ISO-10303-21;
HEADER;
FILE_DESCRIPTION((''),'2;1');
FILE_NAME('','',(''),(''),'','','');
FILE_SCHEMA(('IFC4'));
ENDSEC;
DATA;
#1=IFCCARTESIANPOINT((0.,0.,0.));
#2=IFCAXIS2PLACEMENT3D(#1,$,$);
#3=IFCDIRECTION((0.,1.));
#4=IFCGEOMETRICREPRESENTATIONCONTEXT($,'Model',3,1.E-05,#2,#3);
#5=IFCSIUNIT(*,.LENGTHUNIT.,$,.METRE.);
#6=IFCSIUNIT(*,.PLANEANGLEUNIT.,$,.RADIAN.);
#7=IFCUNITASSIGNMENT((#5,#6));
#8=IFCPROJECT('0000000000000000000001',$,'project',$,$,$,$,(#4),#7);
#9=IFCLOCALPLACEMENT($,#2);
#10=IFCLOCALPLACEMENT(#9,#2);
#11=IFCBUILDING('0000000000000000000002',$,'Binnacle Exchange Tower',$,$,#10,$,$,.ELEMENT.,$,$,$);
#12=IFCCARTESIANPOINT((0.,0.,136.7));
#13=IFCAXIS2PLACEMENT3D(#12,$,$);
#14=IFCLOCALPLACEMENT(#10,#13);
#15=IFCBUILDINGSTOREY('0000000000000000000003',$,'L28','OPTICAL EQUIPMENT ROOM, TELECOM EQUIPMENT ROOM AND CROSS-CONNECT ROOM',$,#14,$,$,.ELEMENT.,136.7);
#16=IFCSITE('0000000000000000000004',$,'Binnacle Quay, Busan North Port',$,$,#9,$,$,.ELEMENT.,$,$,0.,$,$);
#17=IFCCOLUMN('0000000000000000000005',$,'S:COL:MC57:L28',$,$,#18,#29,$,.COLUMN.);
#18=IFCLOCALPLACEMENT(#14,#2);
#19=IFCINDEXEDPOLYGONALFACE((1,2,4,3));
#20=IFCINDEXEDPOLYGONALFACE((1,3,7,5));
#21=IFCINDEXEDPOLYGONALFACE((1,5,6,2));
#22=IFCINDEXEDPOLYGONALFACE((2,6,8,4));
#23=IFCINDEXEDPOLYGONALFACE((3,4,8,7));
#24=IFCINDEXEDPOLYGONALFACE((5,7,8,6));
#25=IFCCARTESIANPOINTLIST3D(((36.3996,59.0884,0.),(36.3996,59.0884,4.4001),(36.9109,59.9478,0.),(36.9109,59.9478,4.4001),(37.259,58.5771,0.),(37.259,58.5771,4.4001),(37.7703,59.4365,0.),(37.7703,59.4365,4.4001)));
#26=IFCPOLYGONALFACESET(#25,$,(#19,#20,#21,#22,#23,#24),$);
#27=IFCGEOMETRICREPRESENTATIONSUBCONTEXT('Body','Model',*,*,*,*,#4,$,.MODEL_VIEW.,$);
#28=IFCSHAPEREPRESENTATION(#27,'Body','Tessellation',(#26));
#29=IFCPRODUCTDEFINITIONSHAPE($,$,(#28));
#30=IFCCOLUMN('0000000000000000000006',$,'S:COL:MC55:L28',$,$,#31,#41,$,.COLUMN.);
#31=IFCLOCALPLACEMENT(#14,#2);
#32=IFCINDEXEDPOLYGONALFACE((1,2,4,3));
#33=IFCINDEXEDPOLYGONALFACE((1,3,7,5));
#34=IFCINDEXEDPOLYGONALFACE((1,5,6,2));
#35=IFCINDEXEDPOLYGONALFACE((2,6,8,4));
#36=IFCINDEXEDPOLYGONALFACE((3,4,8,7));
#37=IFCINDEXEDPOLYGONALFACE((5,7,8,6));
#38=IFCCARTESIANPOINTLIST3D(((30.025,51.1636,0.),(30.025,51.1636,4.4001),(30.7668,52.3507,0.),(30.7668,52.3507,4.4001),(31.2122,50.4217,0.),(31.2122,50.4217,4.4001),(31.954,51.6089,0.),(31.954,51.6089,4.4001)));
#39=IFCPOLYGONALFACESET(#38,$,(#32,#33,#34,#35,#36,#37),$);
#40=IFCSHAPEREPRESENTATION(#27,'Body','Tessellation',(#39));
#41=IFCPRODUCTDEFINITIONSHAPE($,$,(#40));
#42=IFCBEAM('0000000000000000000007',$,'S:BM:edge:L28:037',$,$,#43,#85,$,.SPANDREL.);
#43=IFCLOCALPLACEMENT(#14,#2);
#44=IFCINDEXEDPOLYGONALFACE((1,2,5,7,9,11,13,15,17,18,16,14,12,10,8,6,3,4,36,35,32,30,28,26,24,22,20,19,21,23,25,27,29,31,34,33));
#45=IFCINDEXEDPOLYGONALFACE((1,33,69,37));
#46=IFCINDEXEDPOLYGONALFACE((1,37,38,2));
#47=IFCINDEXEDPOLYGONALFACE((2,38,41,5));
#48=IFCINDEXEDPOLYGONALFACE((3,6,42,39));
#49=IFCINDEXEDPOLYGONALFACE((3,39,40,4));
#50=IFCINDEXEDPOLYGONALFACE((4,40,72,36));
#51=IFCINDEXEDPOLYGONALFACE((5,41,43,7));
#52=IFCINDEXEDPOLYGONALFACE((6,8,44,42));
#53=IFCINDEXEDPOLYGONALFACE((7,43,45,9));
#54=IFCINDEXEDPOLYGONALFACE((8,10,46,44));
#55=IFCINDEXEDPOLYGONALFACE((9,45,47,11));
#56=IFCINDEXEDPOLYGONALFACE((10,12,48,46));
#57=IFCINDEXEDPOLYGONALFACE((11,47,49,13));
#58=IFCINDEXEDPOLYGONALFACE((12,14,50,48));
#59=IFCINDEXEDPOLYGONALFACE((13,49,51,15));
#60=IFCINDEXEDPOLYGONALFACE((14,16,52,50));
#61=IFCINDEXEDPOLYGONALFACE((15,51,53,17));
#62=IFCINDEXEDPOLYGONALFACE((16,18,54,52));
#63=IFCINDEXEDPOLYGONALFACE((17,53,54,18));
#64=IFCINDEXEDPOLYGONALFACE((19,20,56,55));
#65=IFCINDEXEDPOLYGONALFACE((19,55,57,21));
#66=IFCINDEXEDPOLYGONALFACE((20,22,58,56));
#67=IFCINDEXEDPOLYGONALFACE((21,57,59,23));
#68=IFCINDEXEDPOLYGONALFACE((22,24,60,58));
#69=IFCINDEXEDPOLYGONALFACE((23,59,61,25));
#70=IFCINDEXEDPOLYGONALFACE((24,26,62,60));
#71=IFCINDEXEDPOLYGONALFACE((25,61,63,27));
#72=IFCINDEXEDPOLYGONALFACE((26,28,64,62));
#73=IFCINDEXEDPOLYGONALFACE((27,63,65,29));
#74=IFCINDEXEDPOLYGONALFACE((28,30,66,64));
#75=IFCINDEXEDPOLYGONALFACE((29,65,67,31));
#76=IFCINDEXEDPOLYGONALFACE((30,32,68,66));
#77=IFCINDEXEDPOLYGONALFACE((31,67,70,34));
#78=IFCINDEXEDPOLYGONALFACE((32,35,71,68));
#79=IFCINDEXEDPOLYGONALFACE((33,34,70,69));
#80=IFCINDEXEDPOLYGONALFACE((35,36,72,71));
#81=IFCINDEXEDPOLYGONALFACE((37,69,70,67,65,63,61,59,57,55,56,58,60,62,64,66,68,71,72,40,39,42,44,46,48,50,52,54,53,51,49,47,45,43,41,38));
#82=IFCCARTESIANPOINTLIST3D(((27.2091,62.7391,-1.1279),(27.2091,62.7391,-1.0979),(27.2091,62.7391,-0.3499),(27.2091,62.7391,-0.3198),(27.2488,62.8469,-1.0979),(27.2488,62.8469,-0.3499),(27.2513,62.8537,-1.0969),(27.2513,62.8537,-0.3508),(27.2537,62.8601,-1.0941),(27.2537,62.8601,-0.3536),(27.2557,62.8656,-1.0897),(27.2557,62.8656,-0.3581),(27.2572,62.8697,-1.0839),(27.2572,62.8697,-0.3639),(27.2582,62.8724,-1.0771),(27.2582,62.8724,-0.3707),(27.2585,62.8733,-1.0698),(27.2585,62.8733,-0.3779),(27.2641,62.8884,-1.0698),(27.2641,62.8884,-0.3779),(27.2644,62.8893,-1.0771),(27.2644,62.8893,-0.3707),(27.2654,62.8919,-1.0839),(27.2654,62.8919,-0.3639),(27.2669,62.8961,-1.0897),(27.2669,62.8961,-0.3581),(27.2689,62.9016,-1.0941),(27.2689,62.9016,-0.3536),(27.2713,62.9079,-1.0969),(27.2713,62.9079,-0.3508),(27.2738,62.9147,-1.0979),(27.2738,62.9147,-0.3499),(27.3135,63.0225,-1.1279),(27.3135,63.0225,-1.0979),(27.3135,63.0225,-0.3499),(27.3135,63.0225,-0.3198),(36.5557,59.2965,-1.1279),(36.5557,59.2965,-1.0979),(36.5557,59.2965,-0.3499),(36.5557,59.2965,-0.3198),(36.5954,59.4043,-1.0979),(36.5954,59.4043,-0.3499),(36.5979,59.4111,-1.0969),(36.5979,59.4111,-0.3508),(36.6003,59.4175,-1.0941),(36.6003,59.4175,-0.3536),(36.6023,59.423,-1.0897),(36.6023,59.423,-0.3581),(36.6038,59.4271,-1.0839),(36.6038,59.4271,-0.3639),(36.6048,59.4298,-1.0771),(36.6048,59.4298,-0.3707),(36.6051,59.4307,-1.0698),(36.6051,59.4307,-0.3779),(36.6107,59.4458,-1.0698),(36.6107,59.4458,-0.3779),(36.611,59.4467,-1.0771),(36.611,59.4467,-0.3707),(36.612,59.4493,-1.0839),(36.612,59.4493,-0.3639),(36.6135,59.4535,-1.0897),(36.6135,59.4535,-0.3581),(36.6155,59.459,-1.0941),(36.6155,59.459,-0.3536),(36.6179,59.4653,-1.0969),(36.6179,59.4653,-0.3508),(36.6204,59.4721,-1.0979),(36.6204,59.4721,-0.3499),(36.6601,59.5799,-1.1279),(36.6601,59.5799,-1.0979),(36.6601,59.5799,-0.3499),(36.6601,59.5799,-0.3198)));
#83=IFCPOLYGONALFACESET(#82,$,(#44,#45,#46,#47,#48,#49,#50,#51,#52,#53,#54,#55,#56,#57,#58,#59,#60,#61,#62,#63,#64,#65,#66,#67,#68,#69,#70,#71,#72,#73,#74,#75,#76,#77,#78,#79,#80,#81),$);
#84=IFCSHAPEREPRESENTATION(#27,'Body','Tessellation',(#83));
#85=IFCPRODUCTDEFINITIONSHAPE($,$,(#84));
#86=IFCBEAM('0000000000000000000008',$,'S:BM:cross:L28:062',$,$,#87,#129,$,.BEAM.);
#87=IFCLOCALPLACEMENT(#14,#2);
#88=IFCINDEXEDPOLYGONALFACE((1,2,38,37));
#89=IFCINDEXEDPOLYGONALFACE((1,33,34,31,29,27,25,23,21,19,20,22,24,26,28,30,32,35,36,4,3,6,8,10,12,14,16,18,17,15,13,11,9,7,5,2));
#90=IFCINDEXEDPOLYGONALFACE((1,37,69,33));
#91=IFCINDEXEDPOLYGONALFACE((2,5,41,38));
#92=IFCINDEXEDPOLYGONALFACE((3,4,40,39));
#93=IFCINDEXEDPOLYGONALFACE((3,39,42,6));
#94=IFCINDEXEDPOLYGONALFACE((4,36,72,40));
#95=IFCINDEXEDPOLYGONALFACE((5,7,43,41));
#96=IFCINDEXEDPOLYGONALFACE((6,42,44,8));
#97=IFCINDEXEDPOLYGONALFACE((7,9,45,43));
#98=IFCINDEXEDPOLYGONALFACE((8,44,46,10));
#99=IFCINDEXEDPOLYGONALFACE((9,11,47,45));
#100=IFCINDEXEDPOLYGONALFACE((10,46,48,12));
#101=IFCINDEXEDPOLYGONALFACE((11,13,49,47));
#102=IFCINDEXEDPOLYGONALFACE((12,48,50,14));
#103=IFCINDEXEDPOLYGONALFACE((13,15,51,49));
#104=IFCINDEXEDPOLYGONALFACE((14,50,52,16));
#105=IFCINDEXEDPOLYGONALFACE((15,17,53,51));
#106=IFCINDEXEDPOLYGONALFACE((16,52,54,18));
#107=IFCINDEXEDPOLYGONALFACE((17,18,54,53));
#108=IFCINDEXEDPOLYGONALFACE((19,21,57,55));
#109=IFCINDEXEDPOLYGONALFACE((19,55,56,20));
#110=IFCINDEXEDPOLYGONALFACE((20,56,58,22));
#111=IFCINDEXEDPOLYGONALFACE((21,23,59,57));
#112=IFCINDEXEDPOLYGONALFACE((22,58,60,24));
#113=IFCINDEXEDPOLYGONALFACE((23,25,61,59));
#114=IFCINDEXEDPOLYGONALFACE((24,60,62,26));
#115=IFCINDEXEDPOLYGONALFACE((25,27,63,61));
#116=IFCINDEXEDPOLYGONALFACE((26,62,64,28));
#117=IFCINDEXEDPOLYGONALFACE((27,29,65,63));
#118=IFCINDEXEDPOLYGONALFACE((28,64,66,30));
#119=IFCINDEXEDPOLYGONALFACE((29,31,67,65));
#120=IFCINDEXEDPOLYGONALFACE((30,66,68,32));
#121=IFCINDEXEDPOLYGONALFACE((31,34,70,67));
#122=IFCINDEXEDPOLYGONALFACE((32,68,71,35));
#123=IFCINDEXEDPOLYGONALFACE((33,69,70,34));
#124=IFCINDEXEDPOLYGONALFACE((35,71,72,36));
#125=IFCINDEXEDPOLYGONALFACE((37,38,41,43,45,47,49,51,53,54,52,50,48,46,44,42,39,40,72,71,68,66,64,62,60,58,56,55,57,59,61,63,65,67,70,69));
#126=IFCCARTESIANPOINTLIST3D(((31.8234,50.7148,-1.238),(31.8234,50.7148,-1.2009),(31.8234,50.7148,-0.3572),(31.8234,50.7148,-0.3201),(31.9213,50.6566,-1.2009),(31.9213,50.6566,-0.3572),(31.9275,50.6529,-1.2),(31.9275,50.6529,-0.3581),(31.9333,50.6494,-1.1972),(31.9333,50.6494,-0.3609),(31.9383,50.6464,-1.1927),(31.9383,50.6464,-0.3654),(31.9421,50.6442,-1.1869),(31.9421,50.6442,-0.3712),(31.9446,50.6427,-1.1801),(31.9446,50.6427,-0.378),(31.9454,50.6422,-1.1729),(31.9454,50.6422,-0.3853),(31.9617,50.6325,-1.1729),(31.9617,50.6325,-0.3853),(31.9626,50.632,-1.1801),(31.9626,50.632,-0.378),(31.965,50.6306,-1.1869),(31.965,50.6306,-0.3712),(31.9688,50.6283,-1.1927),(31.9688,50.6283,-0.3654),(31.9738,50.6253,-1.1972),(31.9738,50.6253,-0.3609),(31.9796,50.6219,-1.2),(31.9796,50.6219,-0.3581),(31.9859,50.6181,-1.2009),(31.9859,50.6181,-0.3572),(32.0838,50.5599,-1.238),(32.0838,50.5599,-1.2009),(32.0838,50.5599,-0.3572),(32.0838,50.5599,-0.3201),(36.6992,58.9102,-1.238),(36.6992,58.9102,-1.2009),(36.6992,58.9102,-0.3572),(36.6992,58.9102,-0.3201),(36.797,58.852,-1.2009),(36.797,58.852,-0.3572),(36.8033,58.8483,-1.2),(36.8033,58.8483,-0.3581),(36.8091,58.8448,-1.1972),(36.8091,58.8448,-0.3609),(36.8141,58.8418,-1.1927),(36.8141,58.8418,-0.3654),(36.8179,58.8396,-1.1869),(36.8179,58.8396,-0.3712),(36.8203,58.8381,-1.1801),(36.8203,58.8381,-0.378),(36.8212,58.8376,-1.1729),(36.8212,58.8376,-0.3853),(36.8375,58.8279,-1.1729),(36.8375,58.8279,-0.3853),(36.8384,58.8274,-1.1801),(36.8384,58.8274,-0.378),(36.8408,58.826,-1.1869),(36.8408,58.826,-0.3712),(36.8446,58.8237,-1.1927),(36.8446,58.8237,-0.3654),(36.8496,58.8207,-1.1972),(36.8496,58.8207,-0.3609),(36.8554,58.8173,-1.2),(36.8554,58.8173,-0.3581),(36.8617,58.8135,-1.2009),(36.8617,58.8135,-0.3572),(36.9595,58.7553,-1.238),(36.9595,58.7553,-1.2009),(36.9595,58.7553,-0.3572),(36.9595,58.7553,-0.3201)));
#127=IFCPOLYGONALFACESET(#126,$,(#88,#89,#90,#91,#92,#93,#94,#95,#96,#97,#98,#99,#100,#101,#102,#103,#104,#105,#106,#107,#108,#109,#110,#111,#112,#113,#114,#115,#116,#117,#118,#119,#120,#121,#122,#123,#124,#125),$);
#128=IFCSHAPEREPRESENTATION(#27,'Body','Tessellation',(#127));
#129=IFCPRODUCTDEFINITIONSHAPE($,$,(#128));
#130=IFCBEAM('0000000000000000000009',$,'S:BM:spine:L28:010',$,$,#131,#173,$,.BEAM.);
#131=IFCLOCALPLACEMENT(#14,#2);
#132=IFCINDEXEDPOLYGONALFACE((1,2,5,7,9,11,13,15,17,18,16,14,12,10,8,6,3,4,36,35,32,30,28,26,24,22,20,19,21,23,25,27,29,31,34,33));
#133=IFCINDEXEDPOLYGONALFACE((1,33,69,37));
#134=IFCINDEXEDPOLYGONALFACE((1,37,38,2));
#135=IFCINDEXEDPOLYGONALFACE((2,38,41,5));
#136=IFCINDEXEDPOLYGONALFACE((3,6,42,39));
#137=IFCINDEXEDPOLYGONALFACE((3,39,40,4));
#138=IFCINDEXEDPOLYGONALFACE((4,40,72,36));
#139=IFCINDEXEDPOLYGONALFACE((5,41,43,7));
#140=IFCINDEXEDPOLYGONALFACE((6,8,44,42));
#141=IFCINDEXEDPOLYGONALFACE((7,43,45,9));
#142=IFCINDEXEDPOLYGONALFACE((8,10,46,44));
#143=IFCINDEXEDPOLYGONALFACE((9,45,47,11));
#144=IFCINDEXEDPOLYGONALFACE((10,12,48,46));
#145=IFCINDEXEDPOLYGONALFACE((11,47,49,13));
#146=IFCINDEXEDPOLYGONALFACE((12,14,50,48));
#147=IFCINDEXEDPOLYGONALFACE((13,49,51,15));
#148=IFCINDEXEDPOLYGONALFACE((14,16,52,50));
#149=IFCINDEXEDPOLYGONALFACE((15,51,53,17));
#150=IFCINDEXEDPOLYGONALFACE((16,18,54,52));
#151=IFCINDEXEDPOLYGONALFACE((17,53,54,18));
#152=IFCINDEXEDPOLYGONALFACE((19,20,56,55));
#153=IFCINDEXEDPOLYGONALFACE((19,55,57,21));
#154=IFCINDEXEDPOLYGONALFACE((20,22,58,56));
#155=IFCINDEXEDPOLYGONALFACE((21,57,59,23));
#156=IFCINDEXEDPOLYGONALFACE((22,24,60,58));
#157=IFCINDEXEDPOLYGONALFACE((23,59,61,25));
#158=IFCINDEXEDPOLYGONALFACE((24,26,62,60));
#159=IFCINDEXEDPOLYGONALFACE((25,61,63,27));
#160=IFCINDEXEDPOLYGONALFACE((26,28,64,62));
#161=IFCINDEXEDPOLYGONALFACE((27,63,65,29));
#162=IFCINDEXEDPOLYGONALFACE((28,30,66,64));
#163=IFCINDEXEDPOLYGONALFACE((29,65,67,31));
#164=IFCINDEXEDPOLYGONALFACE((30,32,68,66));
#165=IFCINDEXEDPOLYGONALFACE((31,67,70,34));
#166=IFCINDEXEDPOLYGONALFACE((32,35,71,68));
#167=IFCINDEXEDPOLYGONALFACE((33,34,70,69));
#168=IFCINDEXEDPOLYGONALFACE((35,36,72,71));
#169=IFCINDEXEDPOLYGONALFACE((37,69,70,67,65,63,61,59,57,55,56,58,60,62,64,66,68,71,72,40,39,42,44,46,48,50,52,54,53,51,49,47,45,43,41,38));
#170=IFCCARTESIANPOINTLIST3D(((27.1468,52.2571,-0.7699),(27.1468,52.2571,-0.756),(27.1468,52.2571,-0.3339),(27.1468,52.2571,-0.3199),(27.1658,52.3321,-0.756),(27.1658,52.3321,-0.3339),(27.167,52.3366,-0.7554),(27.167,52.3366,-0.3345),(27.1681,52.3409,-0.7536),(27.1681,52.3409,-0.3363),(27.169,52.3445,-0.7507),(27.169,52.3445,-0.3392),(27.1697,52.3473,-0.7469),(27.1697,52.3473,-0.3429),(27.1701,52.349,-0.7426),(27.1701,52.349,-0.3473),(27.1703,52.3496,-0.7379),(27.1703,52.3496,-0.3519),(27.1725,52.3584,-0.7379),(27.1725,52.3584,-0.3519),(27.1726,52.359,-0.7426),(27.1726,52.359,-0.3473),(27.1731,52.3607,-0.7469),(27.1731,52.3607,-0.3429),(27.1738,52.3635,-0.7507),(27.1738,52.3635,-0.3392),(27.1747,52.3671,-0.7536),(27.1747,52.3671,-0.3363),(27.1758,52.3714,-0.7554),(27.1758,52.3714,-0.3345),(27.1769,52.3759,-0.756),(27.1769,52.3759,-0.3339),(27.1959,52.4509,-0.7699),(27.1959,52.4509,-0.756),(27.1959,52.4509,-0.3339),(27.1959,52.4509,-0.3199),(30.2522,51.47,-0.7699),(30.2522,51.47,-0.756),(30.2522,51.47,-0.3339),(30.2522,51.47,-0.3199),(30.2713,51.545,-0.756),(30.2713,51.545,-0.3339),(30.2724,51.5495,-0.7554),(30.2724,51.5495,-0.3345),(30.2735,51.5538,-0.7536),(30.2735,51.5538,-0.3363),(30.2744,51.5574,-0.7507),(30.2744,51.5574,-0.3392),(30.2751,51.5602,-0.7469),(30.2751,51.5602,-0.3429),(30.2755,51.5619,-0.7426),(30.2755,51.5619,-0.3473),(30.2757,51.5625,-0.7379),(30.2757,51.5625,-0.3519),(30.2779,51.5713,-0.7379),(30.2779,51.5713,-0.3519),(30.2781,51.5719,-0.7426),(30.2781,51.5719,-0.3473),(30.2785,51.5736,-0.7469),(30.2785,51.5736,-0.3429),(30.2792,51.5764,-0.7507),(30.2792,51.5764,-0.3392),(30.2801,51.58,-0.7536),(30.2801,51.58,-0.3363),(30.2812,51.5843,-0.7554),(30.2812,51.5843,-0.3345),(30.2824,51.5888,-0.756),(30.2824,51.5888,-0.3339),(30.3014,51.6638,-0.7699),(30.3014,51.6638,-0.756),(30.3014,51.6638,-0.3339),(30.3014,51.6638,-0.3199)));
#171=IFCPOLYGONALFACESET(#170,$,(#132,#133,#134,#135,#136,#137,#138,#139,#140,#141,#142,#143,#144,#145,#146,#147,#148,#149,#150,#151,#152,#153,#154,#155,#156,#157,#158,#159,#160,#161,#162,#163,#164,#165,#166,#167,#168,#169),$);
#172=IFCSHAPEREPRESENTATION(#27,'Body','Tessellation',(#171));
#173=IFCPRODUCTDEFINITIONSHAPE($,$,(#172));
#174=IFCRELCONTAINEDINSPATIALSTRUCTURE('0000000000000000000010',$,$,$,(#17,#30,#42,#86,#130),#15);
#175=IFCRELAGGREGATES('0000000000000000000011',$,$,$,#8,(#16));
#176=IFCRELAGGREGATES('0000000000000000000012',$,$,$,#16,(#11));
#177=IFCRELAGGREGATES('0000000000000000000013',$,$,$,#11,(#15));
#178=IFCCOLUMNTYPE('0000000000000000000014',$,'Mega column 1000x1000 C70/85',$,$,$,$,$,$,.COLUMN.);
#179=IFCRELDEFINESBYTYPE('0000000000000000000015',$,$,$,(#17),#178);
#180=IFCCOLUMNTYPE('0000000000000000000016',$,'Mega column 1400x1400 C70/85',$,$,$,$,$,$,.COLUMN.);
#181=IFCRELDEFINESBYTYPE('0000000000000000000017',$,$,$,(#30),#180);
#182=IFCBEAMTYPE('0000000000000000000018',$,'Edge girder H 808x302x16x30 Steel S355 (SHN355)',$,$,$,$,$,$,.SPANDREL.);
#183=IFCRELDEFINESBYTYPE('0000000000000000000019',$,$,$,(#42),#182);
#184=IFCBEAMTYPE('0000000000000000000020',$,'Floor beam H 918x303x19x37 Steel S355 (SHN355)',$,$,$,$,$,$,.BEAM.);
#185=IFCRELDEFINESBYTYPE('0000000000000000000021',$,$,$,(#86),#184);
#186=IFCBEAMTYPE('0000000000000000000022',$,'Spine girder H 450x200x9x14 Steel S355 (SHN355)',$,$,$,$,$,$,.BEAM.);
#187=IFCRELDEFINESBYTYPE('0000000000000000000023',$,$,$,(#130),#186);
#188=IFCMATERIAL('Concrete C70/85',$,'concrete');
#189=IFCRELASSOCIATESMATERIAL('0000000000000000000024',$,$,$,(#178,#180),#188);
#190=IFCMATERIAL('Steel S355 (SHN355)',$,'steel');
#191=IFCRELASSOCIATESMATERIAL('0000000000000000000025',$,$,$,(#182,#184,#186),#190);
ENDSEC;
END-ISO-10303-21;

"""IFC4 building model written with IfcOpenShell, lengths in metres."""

from ifc_helpers import new_model, si_unit, direction, frame, origin, origin_2d, place, context, subcontext, project, spatial, rectangle, i_section, extrude, material, material_profile, profile_set, type_object, element, save


model = new_model("IFC4")

# Units and contexts
model_context = context("Model", 3, precision=1e-05, world=origin(), true_north=direction((0.0, 1.0)))
body_context = subcontext(model_context, "Body", "Model", "MODEL_VIEW")
ifc_project = project(units=[si_unit("LENGTHUNIT", "METRE"), si_unit("PLANEANGLEUNIT", "RADIAN")], contexts=[model_context])

# Site, building, storey
site_placement = place(None, origin())
site = spatial("IfcSite", under=ifc_project, at=site_placement, Name="Binnacle Quay, Busan North Port", CompositionType="ELEMENT", RefElevation=0.0)
building_placement = place(site_placement, origin())
building = spatial("IfcBuilding", under=site, at=building_placement, Name="Binnacle Exchange Tower", CompositionType="ELEMENT")
storey_placement = place(building_placement, frame((0.0, 0.0, 136.7)))
storey = spatial("IfcBuildingStorey", under=building, at=storey_placement, Name="L28", Description="OPTICAL EQUIPMENT ROOM, TELECOM EQUIPMENT ROOM AND CROSS-CONNECT ROOM", CompositionType="ELEMENT", Elevation=136.7)

# Columns
ifc_material_1 = material(Name="Concrete C70/85", Category="concrete")
ifc_material_profile_1 = material_profile(ifc_material_1, rectangle(XDim=1.0, YDim=1.0, at=origin_2d()), Name="Mega column 1000x1000 C70/85")
ifc_profile_set_1 = profile_set([ifc_material_profile_1], Name="Concrete C70/85")
column_type_1 = type_object("IfcColumnType", Name="Mega column 1000x1000 C70/85", PredefinedType="COLUMN", material=ifc_profile_set_1)
column_1_placement = place(storey_placement, frame((37.085, 59.2625, 0.0), z_axis=(0.0, 0.0, 1.0), x_axis=(-0.859406, 0.511293, 0.0)))
element("IfcColumn", 1, at=column_1_placement, inside=storey, type_object=column_type_1, Name="S:COL:MC57:L28", PredefinedType="COLUMN", context=body_context, shape_type="SweptSolid", body=[
    extrude(rectangle(XDim=1.0, YDim=1.0, at=origin_2d()), origin(), (0.0, 0.0, 1.0), 4.4001),
])
ifc_material_profile_2 = material_profile(ifc_material_1, rectangle(XDim=1.3999, YDim=1.3999, at=origin_2d()), Name="Mega column 1400x1400 C70/85")
ifc_profile_set_2 = profile_set([ifc_material_profile_2], Name="Concrete C70/85")
column_type_2 = type_object("IfcColumnType", Name="Mega column 1400x1400 C70/85", PredefinedType="COLUMN", material=ifc_profile_set_2)
column_2_placement = place(storey_placement, frame((30.9895, 51.3862, 0.0), z_axis=(0.0, 0.0, 1.0), x_axis=(0.529919, 0.848048, 0.0)))
element("IfcColumn", 2, at=column_2_placement, inside=storey, type_object=column_type_2, Name="S:COL:MC55:L28", PredefinedType="COLUMN", context=body_context, shape_type="SweptSolid", body=[
    extrude(rectangle(XDim=1.3999, YDim=1.3999, at=origin_2d()), origin(), (0.0, 0.0, 1.0), 4.4001),
])

# Beams
ifc_material_2 = material(Name="Steel S355 (SHN355)", Category="steel")
ifc_material_profile_3 = material_profile(ifc_material_2, i_section(OverallWidth=0.302, OverallDepth=0.8081, WebThickness=0.0161, FlangeThickness=0.03, FilletRadius=0.0281, at=origin_2d()), Name="H 808x302x16x30")
ifc_profile_set_3 = profile_set([ifc_material_profile_3], Name="Steel S355 (SHN355)")
beam_type_1 = type_object("IfcBeamType", Name="Edge girder H 808x302x16x30 Steel S355 (SHN355)", PredefinedType="SPANDREL", material=ifc_profile_set_3)
beam_1_placement = place(storey_placement, frame((36.6079, 59.4382, -0.7239), z_axis=(-0.938372, 0.345627, 0.0), x_axis=(-0.345627, -0.938372, 0.0)))
element("IfcBeam", 3, at=beam_1_placement, inside=storey, type_object=beam_type_1, Name="S:BM:edge:L28:037", PredefinedType="SPANDREL", context=body_context, shape_type="SweptSolid", body=[
    extrude(i_section(OverallWidth=0.302, OverallDepth=0.8081, WebThickness=0.0161, FlangeThickness=0.03, FilletRadius=0.0281, at=origin_2d()), origin(), (0.0, 0.0, 1.0), 9.9604),
])
ifc_material_profile_4 = material_profile(ifc_material_2, i_section(OverallWidth=0.303, OverallDepth=0.918, WebThickness=0.019, FlangeThickness=0.0371, FilletRadius=0.0281, at=origin_2d()), Name="H 918x303x19x37")
ifc_profile_set_4 = profile_set([ifc_material_profile_4], Name="Steel S355 (SHN355)")
beam_type_2 = type_object("IfcBeamType", Name="Floor beam H 918x303x19x37 Steel S355 (SHN355)", PredefinedType="BEAM", material=ifc_profile_set_4)
beam_2_placement = place(storey_placement, frame((36.8293, 58.8328, -0.7791), z_axis=(-0.511296, -0.859405, 0.0), x_axis=(0.859405, -0.511296, 0.0)))
element("IfcBeam", 4, at=beam_2_placement, inside=storey, type_object=beam_type_2, Name="S:BM:cross:L28:062", PredefinedType="BEAM", context=body_context, shape_type="SweptSolid", body=[
    extrude(i_section(OverallWidth=0.303, OverallDepth=0.918, WebThickness=0.019, FlangeThickness=0.0371, FilletRadius=0.0281, at=origin_2d()), origin(), (0.0, 0.0, 1.0), 9.5361),
])
ifc_material_profile_5 = material_profile(ifc_material_2, i_section(OverallWidth=0.2, OverallDepth=0.45, WebThickness=0.009, FlangeThickness=0.0139, FilletRadius=0.0181, at=origin_2d()), Name="H 450x200x9x14")
ifc_profile_set_5 = profile_set([ifc_material_profile_5], Name="Steel S355 (SHN355)")
beam_type_3 = type_object("IfcBeamType", Name="Spine girder H 450x200x9x14 Steel S355 (SHN355)", PredefinedType="BEAM", material=ifc_profile_set_5)
beam_3_placement = place(storey_placement, frame((27.1714, 52.354, -0.5449), z_axis=(0.969348, -0.24569, 0.0), x_axis=(0.24569, 0.969348, 0.0)))
element("IfcBeam", 5, at=beam_3_placement, inside=storey, type_object=beam_type_3, Name="S:BM:spine:L28:010", PredefinedType="BEAM", context=body_context, shape_type="SweptSolid", body=[
    extrude(i_section(OverallWidth=0.2, OverallDepth=0.45, WebThickness=0.009, FlangeThickness=0.0139, FilletRadius=0.0181, at=origin_2d()), origin(), (0.0, 0.0, 1.0), 3.2036),
])

save(model, "model.ifc")
